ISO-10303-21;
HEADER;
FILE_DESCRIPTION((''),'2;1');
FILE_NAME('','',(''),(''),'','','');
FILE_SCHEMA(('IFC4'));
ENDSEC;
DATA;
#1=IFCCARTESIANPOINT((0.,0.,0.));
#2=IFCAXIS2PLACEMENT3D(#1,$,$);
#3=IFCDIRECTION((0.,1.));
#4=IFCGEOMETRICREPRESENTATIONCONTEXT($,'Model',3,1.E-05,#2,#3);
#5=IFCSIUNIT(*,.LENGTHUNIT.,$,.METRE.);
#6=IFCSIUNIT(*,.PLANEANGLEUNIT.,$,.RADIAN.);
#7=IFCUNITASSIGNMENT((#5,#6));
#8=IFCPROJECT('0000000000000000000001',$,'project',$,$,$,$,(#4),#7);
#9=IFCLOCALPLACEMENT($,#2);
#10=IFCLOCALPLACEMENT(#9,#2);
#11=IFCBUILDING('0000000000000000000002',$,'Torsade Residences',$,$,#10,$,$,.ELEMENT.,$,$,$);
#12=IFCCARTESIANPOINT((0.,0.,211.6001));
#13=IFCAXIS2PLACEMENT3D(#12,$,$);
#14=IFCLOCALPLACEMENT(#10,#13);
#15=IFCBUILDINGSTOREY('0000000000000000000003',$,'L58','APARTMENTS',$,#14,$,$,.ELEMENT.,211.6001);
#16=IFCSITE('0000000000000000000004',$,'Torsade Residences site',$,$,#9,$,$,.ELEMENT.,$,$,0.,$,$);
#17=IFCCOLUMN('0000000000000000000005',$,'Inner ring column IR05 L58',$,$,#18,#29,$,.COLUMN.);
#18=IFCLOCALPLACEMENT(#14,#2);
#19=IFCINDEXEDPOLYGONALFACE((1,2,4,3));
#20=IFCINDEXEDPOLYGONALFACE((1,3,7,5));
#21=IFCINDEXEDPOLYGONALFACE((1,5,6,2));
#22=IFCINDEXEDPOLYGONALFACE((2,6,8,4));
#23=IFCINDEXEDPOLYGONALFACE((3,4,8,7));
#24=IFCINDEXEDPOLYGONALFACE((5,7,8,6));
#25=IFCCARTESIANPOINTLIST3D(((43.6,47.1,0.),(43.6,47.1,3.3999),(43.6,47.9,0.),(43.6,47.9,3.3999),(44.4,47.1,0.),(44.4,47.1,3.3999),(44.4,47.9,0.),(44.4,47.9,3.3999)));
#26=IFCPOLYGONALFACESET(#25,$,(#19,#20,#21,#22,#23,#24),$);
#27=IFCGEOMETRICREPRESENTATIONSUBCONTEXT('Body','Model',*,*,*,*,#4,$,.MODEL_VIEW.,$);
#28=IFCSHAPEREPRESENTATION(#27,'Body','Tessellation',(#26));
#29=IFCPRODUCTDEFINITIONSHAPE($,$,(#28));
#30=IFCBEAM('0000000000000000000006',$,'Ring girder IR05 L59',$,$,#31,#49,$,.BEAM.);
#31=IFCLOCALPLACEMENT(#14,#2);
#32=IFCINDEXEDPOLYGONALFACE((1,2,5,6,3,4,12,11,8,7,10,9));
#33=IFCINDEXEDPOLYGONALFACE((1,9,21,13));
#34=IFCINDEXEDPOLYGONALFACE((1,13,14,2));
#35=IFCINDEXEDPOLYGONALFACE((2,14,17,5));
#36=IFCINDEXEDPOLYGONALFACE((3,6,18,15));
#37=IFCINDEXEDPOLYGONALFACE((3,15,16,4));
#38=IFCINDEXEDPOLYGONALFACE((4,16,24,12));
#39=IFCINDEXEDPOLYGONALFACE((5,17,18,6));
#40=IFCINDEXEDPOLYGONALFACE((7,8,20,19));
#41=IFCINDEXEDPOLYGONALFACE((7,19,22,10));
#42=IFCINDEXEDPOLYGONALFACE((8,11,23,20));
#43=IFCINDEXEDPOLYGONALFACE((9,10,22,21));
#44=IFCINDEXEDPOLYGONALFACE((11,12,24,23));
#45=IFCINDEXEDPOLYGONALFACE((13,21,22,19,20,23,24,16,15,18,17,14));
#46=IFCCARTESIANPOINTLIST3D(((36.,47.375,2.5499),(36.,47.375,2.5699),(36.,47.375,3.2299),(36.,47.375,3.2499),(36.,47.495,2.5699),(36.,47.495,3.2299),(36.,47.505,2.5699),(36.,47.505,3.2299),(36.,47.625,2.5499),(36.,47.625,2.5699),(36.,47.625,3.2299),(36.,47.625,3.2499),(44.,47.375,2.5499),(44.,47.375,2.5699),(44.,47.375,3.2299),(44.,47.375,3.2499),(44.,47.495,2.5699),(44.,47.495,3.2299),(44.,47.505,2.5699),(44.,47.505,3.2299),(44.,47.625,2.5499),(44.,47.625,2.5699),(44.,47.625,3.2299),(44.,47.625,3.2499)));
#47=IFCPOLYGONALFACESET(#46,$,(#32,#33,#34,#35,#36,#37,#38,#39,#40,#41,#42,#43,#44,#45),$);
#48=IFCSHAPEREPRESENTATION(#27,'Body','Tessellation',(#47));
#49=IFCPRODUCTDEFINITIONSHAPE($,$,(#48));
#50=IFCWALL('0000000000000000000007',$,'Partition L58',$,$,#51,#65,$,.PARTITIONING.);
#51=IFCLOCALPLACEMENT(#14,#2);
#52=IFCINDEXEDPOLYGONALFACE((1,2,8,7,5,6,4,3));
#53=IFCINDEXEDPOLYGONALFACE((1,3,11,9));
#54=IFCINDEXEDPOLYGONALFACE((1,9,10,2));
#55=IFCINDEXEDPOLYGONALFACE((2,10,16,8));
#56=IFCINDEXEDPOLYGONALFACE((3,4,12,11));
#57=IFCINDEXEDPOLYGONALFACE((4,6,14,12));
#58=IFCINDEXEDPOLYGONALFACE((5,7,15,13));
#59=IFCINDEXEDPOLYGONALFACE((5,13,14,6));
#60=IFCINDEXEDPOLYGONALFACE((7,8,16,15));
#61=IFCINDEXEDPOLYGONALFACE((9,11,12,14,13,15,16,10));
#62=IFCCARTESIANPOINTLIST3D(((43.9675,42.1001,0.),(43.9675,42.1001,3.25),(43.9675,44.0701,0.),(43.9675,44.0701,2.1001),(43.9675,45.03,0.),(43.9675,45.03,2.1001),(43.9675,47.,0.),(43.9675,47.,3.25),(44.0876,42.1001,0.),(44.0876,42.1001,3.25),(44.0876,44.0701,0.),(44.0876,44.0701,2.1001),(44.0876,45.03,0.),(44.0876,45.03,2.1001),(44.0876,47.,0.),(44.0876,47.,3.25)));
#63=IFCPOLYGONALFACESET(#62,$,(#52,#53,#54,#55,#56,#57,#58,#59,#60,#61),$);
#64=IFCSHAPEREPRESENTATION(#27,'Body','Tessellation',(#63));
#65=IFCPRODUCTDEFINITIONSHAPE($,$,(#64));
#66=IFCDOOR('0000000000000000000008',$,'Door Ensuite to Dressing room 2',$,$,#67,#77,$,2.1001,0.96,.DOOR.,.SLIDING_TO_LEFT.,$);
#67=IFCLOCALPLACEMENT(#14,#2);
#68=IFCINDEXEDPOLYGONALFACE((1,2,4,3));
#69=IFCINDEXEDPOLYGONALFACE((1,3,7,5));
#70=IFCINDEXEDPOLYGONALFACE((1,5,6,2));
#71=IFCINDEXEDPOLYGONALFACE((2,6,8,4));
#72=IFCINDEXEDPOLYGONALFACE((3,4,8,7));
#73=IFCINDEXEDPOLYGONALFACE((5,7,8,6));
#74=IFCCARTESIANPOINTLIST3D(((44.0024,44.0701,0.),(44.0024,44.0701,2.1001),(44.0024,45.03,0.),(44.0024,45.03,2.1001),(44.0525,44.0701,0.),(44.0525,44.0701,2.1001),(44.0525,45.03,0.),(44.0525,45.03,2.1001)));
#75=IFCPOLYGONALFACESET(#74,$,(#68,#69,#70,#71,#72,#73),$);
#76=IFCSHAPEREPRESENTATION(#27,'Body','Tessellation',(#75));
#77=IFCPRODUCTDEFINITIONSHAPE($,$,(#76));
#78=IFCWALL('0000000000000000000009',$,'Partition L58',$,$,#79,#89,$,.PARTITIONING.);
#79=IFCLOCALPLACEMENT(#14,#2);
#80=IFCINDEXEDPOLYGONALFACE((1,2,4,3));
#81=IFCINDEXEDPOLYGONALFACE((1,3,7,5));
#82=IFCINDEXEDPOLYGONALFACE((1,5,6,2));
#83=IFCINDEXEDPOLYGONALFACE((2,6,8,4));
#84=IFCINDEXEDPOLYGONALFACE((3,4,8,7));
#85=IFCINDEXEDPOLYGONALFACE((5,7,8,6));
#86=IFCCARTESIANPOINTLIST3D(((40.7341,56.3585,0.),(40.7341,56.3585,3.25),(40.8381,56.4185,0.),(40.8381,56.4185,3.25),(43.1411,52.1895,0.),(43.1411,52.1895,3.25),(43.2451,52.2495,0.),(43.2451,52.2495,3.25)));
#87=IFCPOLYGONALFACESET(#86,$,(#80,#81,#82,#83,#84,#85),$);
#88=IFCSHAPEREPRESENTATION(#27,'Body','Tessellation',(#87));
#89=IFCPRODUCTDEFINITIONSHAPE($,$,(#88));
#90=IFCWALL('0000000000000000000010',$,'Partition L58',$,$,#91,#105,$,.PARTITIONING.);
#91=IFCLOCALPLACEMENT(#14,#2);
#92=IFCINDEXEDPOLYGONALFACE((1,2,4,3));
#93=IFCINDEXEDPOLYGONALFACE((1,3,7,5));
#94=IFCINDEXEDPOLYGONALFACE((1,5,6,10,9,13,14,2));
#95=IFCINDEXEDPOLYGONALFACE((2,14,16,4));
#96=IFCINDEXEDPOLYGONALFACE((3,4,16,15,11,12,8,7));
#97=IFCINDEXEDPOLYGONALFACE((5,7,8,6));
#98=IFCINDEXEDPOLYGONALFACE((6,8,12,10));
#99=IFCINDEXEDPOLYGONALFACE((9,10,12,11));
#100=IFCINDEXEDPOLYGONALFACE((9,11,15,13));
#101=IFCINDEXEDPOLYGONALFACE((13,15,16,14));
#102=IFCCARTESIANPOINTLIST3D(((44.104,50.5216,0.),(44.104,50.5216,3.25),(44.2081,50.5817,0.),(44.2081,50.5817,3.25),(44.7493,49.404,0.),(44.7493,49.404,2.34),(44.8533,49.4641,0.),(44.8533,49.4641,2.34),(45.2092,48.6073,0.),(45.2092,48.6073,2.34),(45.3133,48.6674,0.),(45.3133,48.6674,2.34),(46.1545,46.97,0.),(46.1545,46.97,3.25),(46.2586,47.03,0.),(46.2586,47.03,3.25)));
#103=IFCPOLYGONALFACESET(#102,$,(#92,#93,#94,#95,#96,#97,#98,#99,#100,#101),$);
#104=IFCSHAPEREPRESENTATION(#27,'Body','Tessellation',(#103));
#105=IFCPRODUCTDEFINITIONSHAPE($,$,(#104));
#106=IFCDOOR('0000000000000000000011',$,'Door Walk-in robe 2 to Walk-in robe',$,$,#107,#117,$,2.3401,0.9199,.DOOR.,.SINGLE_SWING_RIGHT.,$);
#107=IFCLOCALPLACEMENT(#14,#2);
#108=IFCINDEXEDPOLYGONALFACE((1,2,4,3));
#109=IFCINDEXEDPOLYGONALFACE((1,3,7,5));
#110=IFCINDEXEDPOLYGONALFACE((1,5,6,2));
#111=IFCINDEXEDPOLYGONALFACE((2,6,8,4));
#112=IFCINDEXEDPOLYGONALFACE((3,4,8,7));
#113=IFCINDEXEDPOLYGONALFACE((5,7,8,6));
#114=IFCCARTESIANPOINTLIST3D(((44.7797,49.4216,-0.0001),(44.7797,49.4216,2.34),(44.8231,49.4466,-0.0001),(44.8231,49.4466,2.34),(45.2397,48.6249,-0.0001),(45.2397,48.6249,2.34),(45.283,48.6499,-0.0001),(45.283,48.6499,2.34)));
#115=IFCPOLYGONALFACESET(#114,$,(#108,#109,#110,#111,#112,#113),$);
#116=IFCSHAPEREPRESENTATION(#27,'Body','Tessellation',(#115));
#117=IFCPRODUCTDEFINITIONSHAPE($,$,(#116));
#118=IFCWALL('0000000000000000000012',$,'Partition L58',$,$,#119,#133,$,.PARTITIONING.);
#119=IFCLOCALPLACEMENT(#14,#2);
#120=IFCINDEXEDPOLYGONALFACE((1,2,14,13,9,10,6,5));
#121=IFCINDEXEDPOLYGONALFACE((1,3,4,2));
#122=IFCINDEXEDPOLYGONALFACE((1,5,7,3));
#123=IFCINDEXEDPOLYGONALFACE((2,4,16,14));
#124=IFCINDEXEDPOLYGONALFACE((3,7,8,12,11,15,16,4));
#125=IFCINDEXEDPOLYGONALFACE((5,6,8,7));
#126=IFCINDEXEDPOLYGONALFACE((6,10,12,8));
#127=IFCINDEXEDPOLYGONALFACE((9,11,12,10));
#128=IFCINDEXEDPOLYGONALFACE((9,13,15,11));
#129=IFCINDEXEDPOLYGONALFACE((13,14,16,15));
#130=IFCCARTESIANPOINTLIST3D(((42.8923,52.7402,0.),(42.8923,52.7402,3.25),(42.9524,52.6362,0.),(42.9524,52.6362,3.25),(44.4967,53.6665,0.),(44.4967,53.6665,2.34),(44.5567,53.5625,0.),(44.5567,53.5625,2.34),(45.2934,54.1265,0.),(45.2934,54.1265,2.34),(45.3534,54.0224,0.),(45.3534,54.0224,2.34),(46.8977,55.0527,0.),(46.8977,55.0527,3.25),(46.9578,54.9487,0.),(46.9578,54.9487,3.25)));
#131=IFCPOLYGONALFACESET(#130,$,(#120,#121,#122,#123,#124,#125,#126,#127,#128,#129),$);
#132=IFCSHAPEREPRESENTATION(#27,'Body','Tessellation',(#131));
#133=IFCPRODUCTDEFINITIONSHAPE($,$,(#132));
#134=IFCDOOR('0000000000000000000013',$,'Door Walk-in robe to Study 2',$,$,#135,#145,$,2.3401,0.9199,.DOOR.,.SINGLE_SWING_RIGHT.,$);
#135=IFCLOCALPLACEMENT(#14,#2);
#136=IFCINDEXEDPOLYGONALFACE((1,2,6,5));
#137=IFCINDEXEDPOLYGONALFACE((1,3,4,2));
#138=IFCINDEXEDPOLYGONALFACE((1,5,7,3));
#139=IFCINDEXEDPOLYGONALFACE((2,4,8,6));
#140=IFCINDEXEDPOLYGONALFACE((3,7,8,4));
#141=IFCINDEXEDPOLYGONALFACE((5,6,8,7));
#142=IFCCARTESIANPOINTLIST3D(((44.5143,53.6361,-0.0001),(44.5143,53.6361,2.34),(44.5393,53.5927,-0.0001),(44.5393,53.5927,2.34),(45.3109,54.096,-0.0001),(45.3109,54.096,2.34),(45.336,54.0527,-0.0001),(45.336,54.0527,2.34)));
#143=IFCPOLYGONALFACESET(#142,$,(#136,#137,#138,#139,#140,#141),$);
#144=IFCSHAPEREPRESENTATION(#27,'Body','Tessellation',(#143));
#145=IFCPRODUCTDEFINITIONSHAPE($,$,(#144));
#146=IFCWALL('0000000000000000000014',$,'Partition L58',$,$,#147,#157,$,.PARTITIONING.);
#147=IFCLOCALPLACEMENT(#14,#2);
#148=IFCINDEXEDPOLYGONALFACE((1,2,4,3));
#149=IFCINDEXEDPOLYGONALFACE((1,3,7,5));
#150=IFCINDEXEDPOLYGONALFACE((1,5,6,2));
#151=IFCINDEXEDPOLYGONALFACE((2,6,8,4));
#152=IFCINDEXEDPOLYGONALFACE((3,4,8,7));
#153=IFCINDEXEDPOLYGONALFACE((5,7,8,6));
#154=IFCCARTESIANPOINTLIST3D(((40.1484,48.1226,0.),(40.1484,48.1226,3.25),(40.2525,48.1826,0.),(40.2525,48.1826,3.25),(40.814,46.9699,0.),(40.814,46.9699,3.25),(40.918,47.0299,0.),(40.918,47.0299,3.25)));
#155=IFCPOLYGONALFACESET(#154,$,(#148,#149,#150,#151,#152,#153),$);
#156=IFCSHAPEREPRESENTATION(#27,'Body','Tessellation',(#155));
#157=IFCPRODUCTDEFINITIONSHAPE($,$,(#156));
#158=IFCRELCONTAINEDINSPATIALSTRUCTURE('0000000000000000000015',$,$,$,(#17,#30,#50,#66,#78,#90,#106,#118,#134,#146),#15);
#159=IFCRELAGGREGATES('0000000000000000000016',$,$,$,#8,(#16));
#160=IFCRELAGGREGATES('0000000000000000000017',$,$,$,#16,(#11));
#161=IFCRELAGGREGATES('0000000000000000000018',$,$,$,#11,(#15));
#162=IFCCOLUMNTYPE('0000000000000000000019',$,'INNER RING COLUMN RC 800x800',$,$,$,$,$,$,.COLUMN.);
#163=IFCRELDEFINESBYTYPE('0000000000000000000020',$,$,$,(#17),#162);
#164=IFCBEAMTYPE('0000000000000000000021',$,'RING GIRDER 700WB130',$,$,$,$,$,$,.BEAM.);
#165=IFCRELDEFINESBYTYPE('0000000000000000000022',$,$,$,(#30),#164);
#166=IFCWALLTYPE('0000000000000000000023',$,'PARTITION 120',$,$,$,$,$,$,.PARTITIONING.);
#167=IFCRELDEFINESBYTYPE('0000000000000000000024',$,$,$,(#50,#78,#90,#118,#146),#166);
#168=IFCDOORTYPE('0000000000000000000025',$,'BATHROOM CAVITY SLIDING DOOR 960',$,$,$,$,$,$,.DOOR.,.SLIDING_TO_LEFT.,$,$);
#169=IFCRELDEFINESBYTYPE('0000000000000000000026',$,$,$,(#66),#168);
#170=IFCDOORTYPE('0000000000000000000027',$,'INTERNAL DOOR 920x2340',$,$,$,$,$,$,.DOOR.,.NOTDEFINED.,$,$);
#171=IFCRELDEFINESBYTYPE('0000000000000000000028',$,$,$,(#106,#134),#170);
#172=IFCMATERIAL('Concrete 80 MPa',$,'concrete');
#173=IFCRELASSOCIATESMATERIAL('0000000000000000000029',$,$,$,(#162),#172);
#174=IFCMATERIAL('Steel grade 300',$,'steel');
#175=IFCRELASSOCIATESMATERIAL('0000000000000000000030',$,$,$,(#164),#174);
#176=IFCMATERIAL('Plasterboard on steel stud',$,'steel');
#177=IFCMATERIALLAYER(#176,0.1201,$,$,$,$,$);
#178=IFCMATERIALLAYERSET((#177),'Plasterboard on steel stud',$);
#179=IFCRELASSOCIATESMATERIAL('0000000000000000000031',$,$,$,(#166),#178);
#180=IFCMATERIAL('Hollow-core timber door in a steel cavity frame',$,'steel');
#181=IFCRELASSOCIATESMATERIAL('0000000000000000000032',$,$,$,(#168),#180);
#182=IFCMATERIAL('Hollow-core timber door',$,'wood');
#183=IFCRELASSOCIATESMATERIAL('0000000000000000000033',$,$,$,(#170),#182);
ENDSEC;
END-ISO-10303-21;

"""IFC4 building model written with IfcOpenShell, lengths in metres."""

from ifc_helpers import new_model, si_unit, direction, frame, frame_2d, origin, origin_2d, place, context, subcontext, project, spatial, rectangle, i_section, extrude, material, layer, layer_set, material_profile, profile_set, type_object, element, fill, save


model = new_model("IFC4")

# Units and contexts
model_context = context("Model", 3, precision=1e-05, world=origin(), true_north=direction((0.0, 1.0)))
body_context = subcontext(model_context, "Body", "Model", "MODEL_VIEW")
ifc_project = project(units=[si_unit("LENGTHUNIT", "METRE"), si_unit("PLANEANGLEUNIT", "RADIAN")], contexts=[model_context])

# Site, building, storey
site_placement = place(None, origin())
site = spatial("IfcSite", under=ifc_project, at=site_placement, Name="Torsade Residences site", CompositionType="ELEMENT", RefElevation=0.0)
building_placement = place(site_placement, origin())
building = spatial("IfcBuilding", under=site, at=building_placement, Name="Torsade Residences", CompositionType="ELEMENT")
storey_placement = place(building_placement, frame((0.0, 0.0, 211.6001)))
storey = spatial("IfcBuildingStorey", under=building, at=storey_placement, Name="L58", Description="APARTMENTS", CompositionType="ELEMENT", Elevation=211.6001)

# Column
ifc_material_1 = material(Name="Concrete 80 MPa", Category="concrete")
ifc_material_profile_1 = material_profile(ifc_material_1, rectangle(XDim=0.8, YDim=0.8, at=origin_2d()), Name="RC 800x800")
ifc_profile_set_1 = profile_set([ifc_material_profile_1], Name="Concrete 80 MPa")
column_type = type_object("IfcColumnType", Name="INNER RING COLUMN RC 800x800", PredefinedType="COLUMN", material=ifc_profile_set_1)
column_placement = place(storey_placement, frame((44.0, 47.5, 0.0), z_axis=(0.0, 0.0, 1.0), x_axis=(1.0, 0.0, 0.0)))
element("IfcColumn", 1, at=column_placement, inside=storey, type_object=column_type, Name="Inner ring column IR05 L58", PredefinedType="COLUMN", context=body_context, shape_type="SweptSolid", body=[
    extrude(rectangle(XDim=0.8, YDim=0.8, at=origin_2d()), origin(), (0.0, 0.0, 1.0), 3.3999),
])

# Beam
ifc_material_2 = material(Name="Steel grade 300", Category="steel")
ifc_material_profile_2 = material_profile(ifc_material_2, i_section(OverallWidth=0.25, OverallDepth=0.7, WebThickness=0.01, FlangeThickness=0.02, at=origin_2d()), Name="700WB130")
ifc_profile_set_2 = profile_set([ifc_material_profile_2], Name="Steel grade 300")
beam_type = type_object("IfcBeamType", Name="RING GIRDER 700WB130", PredefinedType="BEAM", material=ifc_profile_set_2)
beam_placement = place(storey_placement, frame((44.0, 47.5, 2.8999), z_axis=(-1.0, 0.0, 0.0), x_axis=(0.0, -1.0, 0.0)))
element("IfcBeam", 2, at=beam_placement, inside=storey, type_object=beam_type, Name="Ring girder IR05 L59", PredefinedType="BEAM", context=body_context, shape_type="SweptSolid", body=[
    extrude(i_section(OverallWidth=0.25, OverallDepth=0.7, WebThickness=0.01, FlangeThickness=0.02, at=origin_2d()), origin(), (0.0, 0.0, 1.0), 8.0),
])

# Wall, opening, door
ifc_material_3 = material(Name="Plasterboard on steel stud", Category="steel")
ifc_layer_1 = layer(ifc_material_3, 0.1201)
ifc_layer_set_1 = layer_set([ifc_layer_1], Name="Plasterboard on steel stud")
wall_type_1 = type_object("IfcWallType", Name="PARTITION 120", PredefinedType="PARTITIONING", material=ifc_layer_set_1)
wall_1_placement = place(storey_placement, frame((44.0276, 47.0, 0.0), z_axis=(0.0, 0.0, 1.0), x_axis=(0.0, -1.0, 0.0)))
wall_1 = element("IfcWall", 3, at=wall_1_placement, inside=storey, type_object=wall_type_1, Name="Partition L58", PredefinedType="PARTITIONING", context=body_context, shape_type="SweptSolid", body=[
    extrude(rectangle(XDim=4.8999, YDim=0.1201, at=frame_2d((2.45, 0.0))), origin(), (0.0, 0.0, 1.0), 3.25),
])
opening_1_placement = place(wall_1_placement, frame((1.97, 0.0, 0.0)))
opening_1 = element("IfcOpeningElement", 4, at=opening_1_placement, cuts=wall_1, PredefinedType="OPENING", context=body_context, shape_type="SweptSolid", body=[
    extrude(rectangle(XDim=0.96, YDim=2.1001, at=frame_2d((0.48, 1.05))), frame((0.0, 0.0701, 0.0), z_axis=(0.0, -1.0, 0.0), x_axis=(1.0, 0.0, 0.0)), (0.0, 0.0, 1.0), 0.1401),
])
ifc_material_4 = material(Name="Hollow-core timber door in a steel cavity frame", Category="steel")
door_type_1 = type_object("IfcDoorType", Name="BATHROOM CAVITY SLIDING DOOR 960", OperationType="SLIDING_TO_LEFT", PredefinedType="DOOR", material=ifc_material_4)
door_1_placement = place(opening_1_placement, origin())
door_1 = element("IfcDoor", 5, at=door_1_placement, inside=storey, type_object=door_type_1, Name="Door Ensuite to Dressing room 2", OperationType="SLIDING_TO_LEFT", OverallHeight=2.1001, OverallWidth=0.96, PredefinedType="DOOR", context=body_context, shape_type="SweptSolid", body=[
    extrude(rectangle(XDim=0.96, YDim=2.1001, at=frame_2d((0.48, 1.05))), frame((0.0, 0.0249, 0.0), z_axis=(0.0, -1.0, 0.0), x_axis=(1.0, 0.0, 0.0)), (0.0, 0.0, 1.0), 0.05),
])
fill(opening_1, door_1)

# Wall
wall_2_placement = place(storey_placement, frame((43.1931, 52.2195, 0.0), z_axis=(0.0, 0.0, 1.0), x_axis=(-0.500006, 0.866022, 0.0)))
element("IfcWall", 6, at=wall_2_placement, inside=storey, type_object=wall_type_1, Name="Partition L58", PredefinedType="PARTITIONING", context=body_context, shape_type="SweptSolid", body=[
    extrude(rectangle(XDim=4.814, YDim=0.1201, at=frame_2d((2.407, 0.0))), origin(), (0.0, 0.0, 1.0), 3.25),
])

# Walls, openings, doors
wall_3_placement = place(storey_placement, frame((46.2065, 47.0, 0.0), z_axis=(0.0, 0.0, 1.0), x_axis=(-0.499987, 0.866033, 0.0)))
wall_3 = element("IfcWall", 7, at=wall_3_placement, inside=storey, type_object=wall_type_1, Name="Partition L58", PredefinedType="PARTITIONING", context=body_context, shape_type="SweptSolid", body=[
    extrude(rectangle(XDim=4.1011, YDim=0.1201, at=frame_2d((2.0505, 0.0))), origin(), (0.0, 0.0, 1.0), 3.25),
])
opening_2_placement = place(wall_3_placement, frame((1.8906, 0.0, 0.0)))
opening_2 = element("IfcOpeningElement", 8, at=opening_2_placement, cuts=wall_3, PredefinedType="OPENING", context=body_context, shape_type="SweptSolid", body=[
    extrude(rectangle(XDim=0.9199, YDim=2.3401, at=frame_2d((0.46, 1.1699))), frame((0.0, 0.0701, 0.0), z_axis=(0.0, -1.0, 0.0), x_axis=(1.0, 0.0, 0.0)), (0.0, 0.0, 1.0), 0.1401),
])
ifc_material_5 = material(Name="Hollow-core timber door", Category="wood")
door_type_2 = type_object("IfcDoorType", Name="INTERNAL DOOR 920x2340", OperationType="NOTDEFINED", PredefinedType="DOOR", material=ifc_material_5)
door_2_placement = place(opening_2_placement, origin())
door_2 = element("IfcDoor", 9, at=door_2_placement, inside=storey, type_object=door_type_2, Name="Door Walk-in robe 2 to Walk-in robe", OperationType="SINGLE_SWING_RIGHT", OverallHeight=2.3401, OverallWidth=0.9199, PredefinedType="DOOR", context=body_context, shape_type="SweptSolid", body=[
    extrude(rectangle(XDim=0.9199, YDim=2.3401, at=frame_2d((0.46, 1.1699))), frame((0.0, 0.0249, 0.0), z_axis=(0.0, -1.0, 0.0), x_axis=(1.0, 0.0, 0.0)), (0.0, 0.0, 1.0), 0.05),
])
fill(opening_2, door_2)
wall_4_placement = place(storey_placement, frame((42.9224, 52.6882, 0.0), z_axis=(0.0, 0.0, 1.0), x_axis=(0.866026, 0.5, 0.0)))
wall_4 = element("IfcWall", 10, at=wall_4_placement, inside=storey, type_object=wall_type_1, Name="Partition L58", PredefinedType="PARTITIONING", context=body_context, shape_type="SweptSolid", body=[
    extrude(rectangle(XDim=4.625, YDim=0.1201, at=frame_2d((2.3125, 0.0))), origin(), (0.0, 0.0, 1.0), 3.25),
])
opening_3_placement = place(wall_4_placement, frame((1.8525, 0.0, 0.0)))
opening_3 = element("IfcOpeningElement", 11, at=opening_3_placement, cuts=wall_4, PredefinedType="OPENING", context=body_context, shape_type="SweptSolid", body=[
    extrude(rectangle(XDim=0.9199, YDim=2.3401, at=frame_2d((0.46, 1.1699))), frame((0.0, 0.0701, 0.0), z_axis=(0.0, -1.0, 0.0), x_axis=(1.0, 0.0, 0.0)), (0.0, 0.0, 1.0), 0.1401),
])
door_3_placement = place(opening_3_placement, origin())
door_3 = element("IfcDoor", 12, at=door_3_placement, inside=storey, type_object=door_type_2, Name="Door Walk-in robe to Study 2", OperationType="SINGLE_SWING_RIGHT", OverallHeight=2.3401, OverallWidth=0.9199, PredefinedType="DOOR", context=body_context, shape_type="SweptSolid", body=[
    extrude(rectangle(XDim=0.9199, YDim=2.3401, at=frame_2d((0.46, 1.1699))), frame((0.0, 0.0249, 0.0), z_axis=(0.0, -1.0, 0.0), x_axis=(1.0, 0.0, 0.0)), (0.0, 0.0, 1.0), 0.05),
])
fill(opening_3, door_3)

# Wall
wall_5_placement = place(storey_placement, frame((40.2004, 48.1526, 0.0), z_axis=(0.0, 0.0, 1.0), x_axis=(0.500045, -0.865999, 0.0)))
element("IfcWall", 13, at=wall_5_placement, inside=storey, type_object=wall_type_1, Name="Partition L58", PredefinedType="PARTITIONING", context=body_context, shape_type="SweptSolid", body=[
    extrude(rectangle(XDim=1.3311, YDim=0.1201, at=frame_2d((0.6655, 0.0))), origin(), (0.0, 0.0, 1.0), 3.25),
])

save(model, "model.ifc")
